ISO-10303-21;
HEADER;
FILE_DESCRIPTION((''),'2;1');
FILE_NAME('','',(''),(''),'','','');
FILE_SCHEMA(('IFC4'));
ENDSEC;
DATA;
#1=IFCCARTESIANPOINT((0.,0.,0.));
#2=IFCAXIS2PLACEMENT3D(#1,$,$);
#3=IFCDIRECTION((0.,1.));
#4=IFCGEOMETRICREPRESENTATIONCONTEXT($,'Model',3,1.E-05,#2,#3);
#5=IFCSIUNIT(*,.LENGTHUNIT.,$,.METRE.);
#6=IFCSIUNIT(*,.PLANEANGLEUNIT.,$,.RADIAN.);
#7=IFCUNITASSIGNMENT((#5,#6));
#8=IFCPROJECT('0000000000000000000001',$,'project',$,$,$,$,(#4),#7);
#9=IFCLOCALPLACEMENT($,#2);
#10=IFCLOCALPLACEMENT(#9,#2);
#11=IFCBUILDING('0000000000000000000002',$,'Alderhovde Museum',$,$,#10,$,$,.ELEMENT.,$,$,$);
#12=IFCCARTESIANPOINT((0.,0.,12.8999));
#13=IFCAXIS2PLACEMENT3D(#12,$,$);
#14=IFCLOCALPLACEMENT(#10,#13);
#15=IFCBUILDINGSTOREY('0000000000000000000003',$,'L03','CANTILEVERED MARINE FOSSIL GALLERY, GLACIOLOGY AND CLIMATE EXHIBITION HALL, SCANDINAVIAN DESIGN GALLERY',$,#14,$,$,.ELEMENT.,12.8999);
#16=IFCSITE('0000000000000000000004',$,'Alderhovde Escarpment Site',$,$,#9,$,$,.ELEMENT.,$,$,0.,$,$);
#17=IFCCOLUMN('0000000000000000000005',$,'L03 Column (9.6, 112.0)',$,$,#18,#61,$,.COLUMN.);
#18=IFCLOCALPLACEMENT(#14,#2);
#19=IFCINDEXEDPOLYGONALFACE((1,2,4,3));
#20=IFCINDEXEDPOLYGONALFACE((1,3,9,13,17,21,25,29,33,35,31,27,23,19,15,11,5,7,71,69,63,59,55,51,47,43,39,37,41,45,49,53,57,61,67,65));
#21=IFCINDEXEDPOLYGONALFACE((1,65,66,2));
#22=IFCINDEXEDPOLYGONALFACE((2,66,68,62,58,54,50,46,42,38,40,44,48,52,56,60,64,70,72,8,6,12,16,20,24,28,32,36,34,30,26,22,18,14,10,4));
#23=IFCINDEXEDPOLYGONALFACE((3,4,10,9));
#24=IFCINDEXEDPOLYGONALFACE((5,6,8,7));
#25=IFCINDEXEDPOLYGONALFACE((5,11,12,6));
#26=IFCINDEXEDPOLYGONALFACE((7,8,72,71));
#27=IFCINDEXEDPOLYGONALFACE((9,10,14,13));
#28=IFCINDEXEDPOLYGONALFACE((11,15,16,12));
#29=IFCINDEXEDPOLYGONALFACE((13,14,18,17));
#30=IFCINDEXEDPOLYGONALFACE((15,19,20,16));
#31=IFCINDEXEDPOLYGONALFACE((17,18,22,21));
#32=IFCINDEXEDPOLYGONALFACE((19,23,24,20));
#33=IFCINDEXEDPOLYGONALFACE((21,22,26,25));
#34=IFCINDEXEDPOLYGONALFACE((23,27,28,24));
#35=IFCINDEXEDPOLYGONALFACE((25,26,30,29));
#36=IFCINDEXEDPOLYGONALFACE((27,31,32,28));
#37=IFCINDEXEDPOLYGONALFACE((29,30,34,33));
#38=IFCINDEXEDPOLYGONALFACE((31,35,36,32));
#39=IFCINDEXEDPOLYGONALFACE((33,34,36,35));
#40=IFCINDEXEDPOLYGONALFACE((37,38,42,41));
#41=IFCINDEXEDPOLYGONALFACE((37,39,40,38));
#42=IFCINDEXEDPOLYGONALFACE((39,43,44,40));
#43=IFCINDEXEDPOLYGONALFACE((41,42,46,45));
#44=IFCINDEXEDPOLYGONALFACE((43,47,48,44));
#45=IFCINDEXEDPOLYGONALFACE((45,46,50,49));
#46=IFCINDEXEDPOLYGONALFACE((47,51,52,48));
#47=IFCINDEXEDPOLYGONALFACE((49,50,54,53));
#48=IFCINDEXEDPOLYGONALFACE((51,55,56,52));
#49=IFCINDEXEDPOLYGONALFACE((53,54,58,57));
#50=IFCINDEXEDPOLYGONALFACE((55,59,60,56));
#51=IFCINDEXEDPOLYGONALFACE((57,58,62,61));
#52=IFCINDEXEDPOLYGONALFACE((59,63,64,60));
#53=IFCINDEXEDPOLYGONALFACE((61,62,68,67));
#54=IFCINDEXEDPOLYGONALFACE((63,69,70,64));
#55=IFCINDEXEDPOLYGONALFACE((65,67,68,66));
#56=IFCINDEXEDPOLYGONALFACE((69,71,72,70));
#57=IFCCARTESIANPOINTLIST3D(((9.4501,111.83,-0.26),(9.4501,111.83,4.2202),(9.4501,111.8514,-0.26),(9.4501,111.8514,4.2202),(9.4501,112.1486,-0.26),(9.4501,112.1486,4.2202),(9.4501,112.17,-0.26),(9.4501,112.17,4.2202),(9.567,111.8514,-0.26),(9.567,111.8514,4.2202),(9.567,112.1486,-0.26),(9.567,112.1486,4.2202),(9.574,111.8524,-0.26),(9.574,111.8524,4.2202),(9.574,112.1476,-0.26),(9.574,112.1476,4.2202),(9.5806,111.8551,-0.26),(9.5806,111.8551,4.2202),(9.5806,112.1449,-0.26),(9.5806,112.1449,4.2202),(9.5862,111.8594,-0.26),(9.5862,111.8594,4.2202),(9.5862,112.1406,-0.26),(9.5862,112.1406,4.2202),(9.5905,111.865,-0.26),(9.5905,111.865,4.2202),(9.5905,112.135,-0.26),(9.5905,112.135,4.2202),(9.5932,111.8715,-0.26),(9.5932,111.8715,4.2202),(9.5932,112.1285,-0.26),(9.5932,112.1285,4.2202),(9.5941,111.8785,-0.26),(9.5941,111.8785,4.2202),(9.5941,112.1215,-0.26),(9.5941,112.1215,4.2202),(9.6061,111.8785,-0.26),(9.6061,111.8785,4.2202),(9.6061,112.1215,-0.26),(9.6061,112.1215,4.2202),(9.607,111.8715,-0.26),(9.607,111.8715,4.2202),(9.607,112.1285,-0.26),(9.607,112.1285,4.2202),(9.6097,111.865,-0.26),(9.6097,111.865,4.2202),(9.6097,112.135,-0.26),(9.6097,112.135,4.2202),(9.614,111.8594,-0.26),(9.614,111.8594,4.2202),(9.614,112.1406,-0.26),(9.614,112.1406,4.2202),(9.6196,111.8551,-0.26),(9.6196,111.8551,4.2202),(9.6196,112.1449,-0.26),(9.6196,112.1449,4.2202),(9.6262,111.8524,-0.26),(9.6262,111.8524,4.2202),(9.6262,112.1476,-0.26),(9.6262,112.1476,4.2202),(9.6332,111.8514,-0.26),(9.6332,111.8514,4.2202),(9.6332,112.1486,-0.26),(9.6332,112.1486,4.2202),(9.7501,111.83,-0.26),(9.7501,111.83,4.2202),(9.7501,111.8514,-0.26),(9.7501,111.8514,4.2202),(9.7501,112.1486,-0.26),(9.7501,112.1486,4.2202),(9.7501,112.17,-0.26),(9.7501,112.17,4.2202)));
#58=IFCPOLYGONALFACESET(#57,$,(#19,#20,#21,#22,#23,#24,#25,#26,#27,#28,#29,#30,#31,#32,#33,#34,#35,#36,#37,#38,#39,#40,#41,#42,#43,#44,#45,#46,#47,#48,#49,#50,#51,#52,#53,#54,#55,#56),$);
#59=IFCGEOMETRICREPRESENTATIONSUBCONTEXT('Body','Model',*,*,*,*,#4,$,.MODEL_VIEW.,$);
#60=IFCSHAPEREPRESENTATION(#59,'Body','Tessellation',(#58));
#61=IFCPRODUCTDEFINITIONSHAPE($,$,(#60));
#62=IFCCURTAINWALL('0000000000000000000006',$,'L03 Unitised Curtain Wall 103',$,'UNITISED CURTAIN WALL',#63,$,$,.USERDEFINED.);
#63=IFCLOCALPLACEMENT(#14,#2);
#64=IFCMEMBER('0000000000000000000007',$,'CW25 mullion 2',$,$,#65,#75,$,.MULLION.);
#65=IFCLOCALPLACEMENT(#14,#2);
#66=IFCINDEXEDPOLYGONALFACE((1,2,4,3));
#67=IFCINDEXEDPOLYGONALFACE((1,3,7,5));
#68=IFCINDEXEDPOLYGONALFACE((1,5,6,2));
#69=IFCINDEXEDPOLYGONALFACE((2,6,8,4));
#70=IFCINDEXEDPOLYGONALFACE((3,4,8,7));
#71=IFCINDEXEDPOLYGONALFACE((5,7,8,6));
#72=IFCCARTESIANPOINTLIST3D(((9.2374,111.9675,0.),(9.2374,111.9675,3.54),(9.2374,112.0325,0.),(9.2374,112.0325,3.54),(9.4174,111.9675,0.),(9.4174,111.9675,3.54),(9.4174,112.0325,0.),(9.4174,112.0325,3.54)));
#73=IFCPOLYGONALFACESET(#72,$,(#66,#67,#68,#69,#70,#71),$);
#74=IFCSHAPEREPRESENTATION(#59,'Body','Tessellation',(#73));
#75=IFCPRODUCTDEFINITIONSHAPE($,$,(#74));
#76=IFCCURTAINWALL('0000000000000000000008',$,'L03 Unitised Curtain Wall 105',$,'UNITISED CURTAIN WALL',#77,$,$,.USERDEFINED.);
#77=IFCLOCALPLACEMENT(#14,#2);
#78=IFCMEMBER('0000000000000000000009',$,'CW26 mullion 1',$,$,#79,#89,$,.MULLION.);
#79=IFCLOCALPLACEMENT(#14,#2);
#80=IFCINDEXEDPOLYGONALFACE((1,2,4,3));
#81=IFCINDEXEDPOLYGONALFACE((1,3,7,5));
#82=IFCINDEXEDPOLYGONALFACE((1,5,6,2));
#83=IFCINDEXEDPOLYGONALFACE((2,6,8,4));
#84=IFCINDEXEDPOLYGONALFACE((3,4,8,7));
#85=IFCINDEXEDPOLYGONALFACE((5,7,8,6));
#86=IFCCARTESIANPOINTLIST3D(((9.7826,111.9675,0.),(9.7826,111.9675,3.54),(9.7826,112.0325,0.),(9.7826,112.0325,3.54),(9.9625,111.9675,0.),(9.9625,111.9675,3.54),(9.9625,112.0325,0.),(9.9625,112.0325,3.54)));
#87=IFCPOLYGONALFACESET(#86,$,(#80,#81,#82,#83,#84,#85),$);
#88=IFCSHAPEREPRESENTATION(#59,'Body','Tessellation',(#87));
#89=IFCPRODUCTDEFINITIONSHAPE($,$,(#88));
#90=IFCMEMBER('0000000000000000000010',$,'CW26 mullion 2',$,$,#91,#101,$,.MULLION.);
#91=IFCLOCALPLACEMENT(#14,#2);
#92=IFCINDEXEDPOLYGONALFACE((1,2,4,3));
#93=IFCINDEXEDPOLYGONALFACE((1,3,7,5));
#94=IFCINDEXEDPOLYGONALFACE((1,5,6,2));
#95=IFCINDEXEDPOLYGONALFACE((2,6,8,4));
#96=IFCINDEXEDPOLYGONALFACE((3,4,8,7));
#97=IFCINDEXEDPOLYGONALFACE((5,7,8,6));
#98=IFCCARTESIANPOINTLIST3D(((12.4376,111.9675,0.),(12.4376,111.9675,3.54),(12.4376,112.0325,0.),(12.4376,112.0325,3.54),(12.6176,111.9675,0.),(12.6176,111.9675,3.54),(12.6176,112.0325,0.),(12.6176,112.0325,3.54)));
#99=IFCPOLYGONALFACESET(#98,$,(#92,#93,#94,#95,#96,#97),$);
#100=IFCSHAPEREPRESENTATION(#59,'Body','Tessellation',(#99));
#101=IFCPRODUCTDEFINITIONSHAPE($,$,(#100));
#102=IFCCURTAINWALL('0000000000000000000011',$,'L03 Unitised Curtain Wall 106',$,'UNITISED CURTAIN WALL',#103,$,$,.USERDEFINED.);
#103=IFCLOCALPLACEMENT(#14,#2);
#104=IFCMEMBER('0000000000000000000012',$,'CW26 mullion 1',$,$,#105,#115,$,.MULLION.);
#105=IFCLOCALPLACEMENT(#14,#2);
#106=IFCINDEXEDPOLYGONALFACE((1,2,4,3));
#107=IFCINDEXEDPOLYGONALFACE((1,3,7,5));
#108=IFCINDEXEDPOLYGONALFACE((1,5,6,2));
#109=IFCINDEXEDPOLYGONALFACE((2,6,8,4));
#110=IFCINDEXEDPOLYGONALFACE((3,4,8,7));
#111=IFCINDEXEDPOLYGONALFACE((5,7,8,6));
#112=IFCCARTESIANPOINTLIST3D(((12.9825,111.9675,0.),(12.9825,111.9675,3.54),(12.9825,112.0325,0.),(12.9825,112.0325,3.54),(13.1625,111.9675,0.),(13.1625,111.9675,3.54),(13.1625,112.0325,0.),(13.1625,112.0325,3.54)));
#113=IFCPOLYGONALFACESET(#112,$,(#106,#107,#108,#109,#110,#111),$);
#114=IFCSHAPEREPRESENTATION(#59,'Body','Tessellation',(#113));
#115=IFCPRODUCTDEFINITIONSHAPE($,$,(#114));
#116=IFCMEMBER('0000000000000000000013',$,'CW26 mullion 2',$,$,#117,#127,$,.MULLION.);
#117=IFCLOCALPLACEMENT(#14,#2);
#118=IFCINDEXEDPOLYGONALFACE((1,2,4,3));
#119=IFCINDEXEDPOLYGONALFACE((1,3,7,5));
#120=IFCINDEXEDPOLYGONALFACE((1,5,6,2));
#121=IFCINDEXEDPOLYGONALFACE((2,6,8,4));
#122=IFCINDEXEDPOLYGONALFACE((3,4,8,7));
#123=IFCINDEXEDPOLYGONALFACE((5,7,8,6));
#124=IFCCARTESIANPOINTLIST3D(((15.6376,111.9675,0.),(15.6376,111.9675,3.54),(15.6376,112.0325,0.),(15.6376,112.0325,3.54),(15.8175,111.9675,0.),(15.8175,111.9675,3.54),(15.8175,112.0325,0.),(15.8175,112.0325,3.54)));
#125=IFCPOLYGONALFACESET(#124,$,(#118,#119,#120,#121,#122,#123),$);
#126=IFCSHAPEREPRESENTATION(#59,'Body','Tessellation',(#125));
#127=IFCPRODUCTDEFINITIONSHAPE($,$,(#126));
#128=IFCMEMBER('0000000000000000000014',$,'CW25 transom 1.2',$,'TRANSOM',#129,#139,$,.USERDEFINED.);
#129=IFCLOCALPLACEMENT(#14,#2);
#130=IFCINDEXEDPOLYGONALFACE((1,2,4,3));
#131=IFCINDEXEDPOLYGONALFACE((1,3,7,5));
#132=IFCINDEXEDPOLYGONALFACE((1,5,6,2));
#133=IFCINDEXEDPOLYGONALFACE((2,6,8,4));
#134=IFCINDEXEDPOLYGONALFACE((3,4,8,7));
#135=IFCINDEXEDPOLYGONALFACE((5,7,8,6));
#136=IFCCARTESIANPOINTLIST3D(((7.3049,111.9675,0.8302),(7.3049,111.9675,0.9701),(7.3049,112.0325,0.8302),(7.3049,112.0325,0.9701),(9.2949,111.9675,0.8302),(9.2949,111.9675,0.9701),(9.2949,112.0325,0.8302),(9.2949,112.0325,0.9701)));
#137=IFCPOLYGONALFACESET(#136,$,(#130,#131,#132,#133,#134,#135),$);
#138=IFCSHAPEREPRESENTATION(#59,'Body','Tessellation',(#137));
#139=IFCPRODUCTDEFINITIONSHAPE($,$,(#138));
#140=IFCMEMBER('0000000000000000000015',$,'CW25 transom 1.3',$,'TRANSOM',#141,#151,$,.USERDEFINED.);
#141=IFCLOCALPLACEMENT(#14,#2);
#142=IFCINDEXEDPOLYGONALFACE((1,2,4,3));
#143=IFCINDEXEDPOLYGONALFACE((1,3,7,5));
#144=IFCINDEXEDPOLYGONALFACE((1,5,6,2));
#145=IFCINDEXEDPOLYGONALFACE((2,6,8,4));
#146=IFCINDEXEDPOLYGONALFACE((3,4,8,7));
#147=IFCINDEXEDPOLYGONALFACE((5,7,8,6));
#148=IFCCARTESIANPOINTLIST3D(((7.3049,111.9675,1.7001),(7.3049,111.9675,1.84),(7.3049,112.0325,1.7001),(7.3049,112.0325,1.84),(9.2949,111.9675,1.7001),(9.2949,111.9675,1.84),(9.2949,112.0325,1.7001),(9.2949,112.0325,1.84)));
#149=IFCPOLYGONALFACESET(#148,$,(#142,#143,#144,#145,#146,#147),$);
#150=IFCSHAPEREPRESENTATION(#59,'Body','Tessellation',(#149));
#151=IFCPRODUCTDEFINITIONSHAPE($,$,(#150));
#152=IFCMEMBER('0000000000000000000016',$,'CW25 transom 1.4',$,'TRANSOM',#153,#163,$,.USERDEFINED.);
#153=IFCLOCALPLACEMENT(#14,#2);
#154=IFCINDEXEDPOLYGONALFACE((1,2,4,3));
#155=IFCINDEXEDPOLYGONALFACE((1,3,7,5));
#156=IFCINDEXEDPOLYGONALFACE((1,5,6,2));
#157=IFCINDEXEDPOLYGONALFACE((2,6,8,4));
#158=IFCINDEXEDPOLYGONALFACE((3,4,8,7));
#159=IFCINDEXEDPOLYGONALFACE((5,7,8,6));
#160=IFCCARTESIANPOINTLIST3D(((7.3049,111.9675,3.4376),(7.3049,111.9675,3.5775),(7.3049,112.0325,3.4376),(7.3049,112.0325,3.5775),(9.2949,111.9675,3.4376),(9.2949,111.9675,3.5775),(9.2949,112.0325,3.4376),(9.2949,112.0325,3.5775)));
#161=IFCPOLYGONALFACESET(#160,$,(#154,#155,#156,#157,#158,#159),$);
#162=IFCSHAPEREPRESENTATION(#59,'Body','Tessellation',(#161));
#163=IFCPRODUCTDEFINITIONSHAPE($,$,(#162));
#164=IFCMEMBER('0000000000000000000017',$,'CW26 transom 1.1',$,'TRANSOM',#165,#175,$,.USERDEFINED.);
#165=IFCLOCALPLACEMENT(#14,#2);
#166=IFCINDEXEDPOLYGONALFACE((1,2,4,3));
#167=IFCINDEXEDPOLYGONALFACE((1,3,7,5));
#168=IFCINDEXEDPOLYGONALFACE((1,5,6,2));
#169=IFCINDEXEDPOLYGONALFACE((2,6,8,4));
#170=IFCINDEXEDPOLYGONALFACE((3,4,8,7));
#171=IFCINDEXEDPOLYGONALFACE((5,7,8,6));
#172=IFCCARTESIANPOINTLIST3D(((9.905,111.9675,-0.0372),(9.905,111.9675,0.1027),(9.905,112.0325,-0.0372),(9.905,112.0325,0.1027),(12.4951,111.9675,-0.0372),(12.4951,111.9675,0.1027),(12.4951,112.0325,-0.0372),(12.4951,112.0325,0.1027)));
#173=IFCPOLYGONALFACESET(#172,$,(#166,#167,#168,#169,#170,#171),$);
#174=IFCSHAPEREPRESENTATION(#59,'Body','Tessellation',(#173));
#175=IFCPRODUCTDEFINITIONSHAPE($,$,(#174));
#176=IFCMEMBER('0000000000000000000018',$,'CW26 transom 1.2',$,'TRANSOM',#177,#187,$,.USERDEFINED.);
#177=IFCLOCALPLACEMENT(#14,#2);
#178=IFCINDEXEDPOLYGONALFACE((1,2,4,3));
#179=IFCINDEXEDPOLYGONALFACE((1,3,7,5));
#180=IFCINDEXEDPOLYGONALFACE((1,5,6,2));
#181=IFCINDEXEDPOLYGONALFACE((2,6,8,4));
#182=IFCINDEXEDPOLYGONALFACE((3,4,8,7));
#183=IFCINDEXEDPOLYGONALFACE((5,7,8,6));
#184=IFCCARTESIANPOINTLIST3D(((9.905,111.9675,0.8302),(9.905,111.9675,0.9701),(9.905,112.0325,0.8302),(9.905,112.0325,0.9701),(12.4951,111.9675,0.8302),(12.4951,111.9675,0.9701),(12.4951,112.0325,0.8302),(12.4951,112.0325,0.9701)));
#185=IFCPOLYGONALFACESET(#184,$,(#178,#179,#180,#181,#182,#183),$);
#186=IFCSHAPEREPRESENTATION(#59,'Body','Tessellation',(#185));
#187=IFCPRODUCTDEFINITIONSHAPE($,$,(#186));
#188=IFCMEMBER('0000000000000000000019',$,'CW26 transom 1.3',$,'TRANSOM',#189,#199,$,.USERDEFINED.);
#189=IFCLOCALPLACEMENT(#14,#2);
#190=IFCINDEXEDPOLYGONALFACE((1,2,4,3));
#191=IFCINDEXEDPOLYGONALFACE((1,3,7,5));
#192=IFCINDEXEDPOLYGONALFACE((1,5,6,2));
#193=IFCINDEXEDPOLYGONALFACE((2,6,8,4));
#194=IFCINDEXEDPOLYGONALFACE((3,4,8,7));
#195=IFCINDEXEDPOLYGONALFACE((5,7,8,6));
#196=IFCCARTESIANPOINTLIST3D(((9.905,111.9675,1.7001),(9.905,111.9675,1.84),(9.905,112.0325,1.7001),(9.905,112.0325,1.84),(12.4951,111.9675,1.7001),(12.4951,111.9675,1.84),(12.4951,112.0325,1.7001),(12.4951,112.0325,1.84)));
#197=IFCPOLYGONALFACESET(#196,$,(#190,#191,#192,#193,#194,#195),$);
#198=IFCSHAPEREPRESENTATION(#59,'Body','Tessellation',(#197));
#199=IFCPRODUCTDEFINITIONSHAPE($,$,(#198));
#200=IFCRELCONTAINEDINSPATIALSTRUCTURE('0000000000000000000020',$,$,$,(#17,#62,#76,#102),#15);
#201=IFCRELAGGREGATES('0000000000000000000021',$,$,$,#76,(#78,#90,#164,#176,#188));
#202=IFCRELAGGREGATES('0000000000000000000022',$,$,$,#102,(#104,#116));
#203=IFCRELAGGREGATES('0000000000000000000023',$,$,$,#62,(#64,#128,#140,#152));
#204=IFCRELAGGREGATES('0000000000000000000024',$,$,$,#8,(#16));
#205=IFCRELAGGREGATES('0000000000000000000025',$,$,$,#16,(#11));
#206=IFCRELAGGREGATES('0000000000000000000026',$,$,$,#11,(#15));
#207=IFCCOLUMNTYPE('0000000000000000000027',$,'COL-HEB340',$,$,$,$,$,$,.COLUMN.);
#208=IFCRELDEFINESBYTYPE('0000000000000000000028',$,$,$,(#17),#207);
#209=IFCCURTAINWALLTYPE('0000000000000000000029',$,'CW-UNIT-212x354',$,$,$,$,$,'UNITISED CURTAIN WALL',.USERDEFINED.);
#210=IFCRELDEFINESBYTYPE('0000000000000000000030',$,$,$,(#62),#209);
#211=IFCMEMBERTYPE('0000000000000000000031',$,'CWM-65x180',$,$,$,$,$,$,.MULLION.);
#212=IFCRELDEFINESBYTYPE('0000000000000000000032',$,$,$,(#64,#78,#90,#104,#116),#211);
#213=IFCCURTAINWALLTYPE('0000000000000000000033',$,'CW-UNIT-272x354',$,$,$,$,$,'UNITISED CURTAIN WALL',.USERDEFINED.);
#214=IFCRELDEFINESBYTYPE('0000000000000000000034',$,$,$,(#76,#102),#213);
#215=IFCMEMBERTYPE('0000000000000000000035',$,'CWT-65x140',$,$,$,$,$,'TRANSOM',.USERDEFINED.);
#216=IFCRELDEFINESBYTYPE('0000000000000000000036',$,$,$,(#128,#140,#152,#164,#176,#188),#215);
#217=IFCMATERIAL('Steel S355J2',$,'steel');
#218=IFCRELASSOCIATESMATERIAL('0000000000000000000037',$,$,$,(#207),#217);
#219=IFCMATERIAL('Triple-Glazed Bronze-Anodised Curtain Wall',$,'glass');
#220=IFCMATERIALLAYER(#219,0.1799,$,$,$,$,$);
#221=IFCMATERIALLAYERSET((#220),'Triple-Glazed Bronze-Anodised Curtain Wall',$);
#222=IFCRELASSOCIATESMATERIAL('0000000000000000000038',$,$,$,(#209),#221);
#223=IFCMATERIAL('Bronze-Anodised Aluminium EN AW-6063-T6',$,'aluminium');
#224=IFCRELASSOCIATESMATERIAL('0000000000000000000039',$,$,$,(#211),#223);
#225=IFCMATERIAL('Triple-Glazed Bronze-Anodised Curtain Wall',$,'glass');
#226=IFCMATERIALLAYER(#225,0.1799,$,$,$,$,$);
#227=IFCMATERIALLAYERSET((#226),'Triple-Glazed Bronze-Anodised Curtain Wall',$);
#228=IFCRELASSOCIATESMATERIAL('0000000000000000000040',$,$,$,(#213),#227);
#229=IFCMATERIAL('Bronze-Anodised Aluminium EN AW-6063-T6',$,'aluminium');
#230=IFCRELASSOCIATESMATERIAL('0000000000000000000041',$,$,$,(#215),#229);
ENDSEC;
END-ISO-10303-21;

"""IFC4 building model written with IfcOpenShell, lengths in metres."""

from ifc_helpers import new_model, si_unit, direction, frame, origin, origin_2d, place, context, subcontext, project, spatial, rectangle, i_section, extrude, material, layer, layer_set, material_profile, profile_set, type_object, element, aggregate, save


model = new_model("IFC4")

# Units and contexts
model_context = context("Model", 3, precision=1e-05, world=origin(), true_north=direction((0.0, 1.0)))
body_context = subcontext(model_context, "Body", "Model", "MODEL_VIEW")
ifc_project = project(units=[si_unit("LENGTHUNIT", "METRE"), si_unit("PLANEANGLEUNIT", "RADIAN")], contexts=[model_context])

# Site, building, storey
site_placement = place(None, origin())
site = spatial("IfcSite", under=ifc_project, at=site_placement, Name="Alderhovde Escarpment Site", CompositionType="ELEMENT", RefElevation=0.0)
building_placement = place(site_placement, origin())
building = spatial("IfcBuilding", under=site, at=building_placement, Name="Alderhovde Museum", CompositionType="ELEMENT")
storey_placement = place(building_placement, frame((0.0, 0.0, 12.8999)))
storey = spatial("IfcBuildingStorey", under=building, at=storey_placement, Name="L03", Description="CANTILEVERED MARINE FOSSIL GALLERY, GLACIOLOGY AND CLIMATE EXHIBITION HALL, SCANDINAVIAN DESIGN GALLERY", CompositionType="ELEMENT", Elevation=12.8999)

# Column
ifc_material_1 = material(Name="Steel S355J2", Category="steel")
ifc_material_profile_1 = material_profile(ifc_material_1, i_section(OverallWidth=0.3, OverallDepth=0.3401, WebThickness=0.012, FlangeThickness=0.0215, FilletRadius=0.0271, at=origin_2d()), Name="HEB 340")
ifc_profile_set_1 = profile_set([ifc_material_profile_1], Name="Steel S355J2")
column_type = type_object("IfcColumnType", Name="COL-HEB340", PredefinedType="COLUMN", material=ifc_profile_set_1)
column_placement = place(storey_placement, frame((9.6001, 112.0, -0.26), z_axis=(0.0, 0.0, 1.0), x_axis=(1.0, 0.0, 0.0)))
element("IfcColumn", 1, at=column_placement, inside=storey, type_object=column_type, Name="L03 Column (9.6, 112.0)", PredefinedType="COLUMN", context=body_context, shape_type="SweptSolid", body=[
    extrude(i_section(OverallWidth=0.3, OverallDepth=0.3401, WebThickness=0.012, FlangeThickness=0.0215, FilletRadius=0.0271, at=origin_2d()), origin(), (0.0, 0.0, 1.0), 4.4802),
])

# Curtain wall, member
ifc_material_2 = material(Name="Triple-Glazed Bronze-Anodised Curtain Wall", Category="glass")
ifc_layer_1 = layer(ifc_material_2, 0.1799)
ifc_layer_set_1 = layer_set([ifc_layer_1], Name="Triple-Glazed Bronze-Anodised Curtain Wall")
curtain_wall_type_1 = type_object("IfcCurtainWallType", Name="CW-UNIT-212x354", ElementType="UNITISED CURTAIN WALL", PredefinedType="USERDEFINED", material=ifc_layer_set_1)
curtain_wall_1_placement = place(storey_placement, origin())
curtain_wall_1 = element("IfcCurtainWall", 2, at=curtain_wall_1_placement, inside=storey, type_object=curtain_wall_type_1, Name="L03 Unitised Curtain Wall 103", ObjectType="UNITISED CURTAIN WALL", PredefinedType="USERDEFINED")
ifc_material_3 = material(Name="Bronze-Anodised Aluminium EN AW-6063-T6", Category="aluminium")
ifc_material_profile_2 = material_profile(ifc_material_3, rectangle(XDim=0.0649, YDim=0.1799, at=origin_2d()), Name="MULLION 65x180")
ifc_profile_set_2 = profile_set([ifc_material_profile_2], Name="Bronze-Anodised Aluminium EN AW-6063-T6")
member_type_1 = type_object("IfcMemberType", Name="CWM-65x180", PredefinedType="MULLION", material=ifc_profile_set_2)
member_1_placement = place(storey_placement, frame((9.3274, 112.0, 0.0), z_axis=(0.0, 0.0, 1.0), x_axis=(0.0, 1.0, 0.0)))
member_1 = element("IfcMember", 3, at=member_1_placement, type_object=member_type_1, Name="CW25 mullion 2", PredefinedType="MULLION", context=body_context, shape_type="SweptSolid", body=[
    extrude(rectangle(XDim=0.0649, YDim=0.1799, at=origin_2d()), origin(), (0.0, 0.0, 1.0), 3.54),
])

# Curtain walls, members
ifc_material_4 = material(Name="Triple-Glazed Bronze-Anodised Curtain Wall", Category="glass")
ifc_layer_2 = layer(ifc_material_4, 0.1799)
ifc_layer_set_2 = layer_set([ifc_layer_2], Name="Triple-Glazed Bronze-Anodised Curtain Wall")
curtain_wall_type_2 = type_object("IfcCurtainWallType", Name="CW-UNIT-272x354", ElementType="UNITISED CURTAIN WALL", PredefinedType="USERDEFINED", material=ifc_layer_set_2)
curtain_wall_2_placement = place(storey_placement, origin())
curtain_wall_2 = element("IfcCurtainWall", 4, at=curtain_wall_2_placement, inside=storey, type_object=curtain_wall_type_2, Name="L03 Unitised Curtain Wall 105", ObjectType="UNITISED CURTAIN WALL", PredefinedType="USERDEFINED")
member_2_placement = place(storey_placement, frame((9.8726, 112.0, 0.0), z_axis=(0.0, 0.0, 1.0), x_axis=(0.0, 1.0, 0.0)))
member_2 = element("IfcMember", 5, at=member_2_placement, type_object=member_type_1, Name="CW26 mullion 1", PredefinedType="MULLION", context=body_context, shape_type="SweptSolid", body=[
    extrude(rectangle(XDim=0.0649, YDim=0.1799, at=origin_2d()), origin(), (0.0, 0.0, 1.0), 3.54),
])
member_3_placement = place(storey_placement, frame((12.5276, 112.0, 0.0), z_axis=(0.0, 0.0, 1.0), x_axis=(0.0, 1.0, 0.0)))
member_3 = element("IfcMember", 6, at=member_3_placement, type_object=member_type_1, Name="CW26 mullion 2", PredefinedType="MULLION", context=body_context, shape_type="SweptSolid", body=[
    extrude(rectangle(XDim=0.0649, YDim=0.1799, at=origin_2d()), origin(), (0.0, 0.0, 1.0), 3.54),
])
curtain_wall_3_placement = place(storey_placement, origin())
curtain_wall_3 = element("IfcCurtainWall", 7, at=curtain_wall_3_placement, inside=storey, type_object=curtain_wall_type_2, Name="L03 Unitised Curtain Wall 106", ObjectType="UNITISED CURTAIN WALL", PredefinedType="USERDEFINED")
member_4_placement = place(storey_placement, frame((13.0725, 112.0, 0.0), z_axis=(0.0, 0.0, 1.0), x_axis=(0.0, 1.0, 0.0)))
member_4 = element("IfcMember", 8, at=member_4_placement, type_object=member_type_1, Name="CW26 mullion 1", PredefinedType="MULLION", context=body_context, shape_type="SweptSolid", body=[
    extrude(rectangle(XDim=0.0649, YDim=0.1799, at=origin_2d()), origin(), (0.0, 0.0, 1.0), 3.54),
])
member_5_placement = place(storey_placement, frame((15.7275, 112.0, 0.0), z_axis=(0.0, 0.0, 1.0), x_axis=(0.0, 1.0, 0.0)))
member_5 = element("IfcMember", 9, at=member_5_placement, type_object=member_type_1, Name="CW26 mullion 2", PredefinedType="MULLION", context=body_context, shape_type="SweptSolid", body=[
    extrude(rectangle(XDim=0.0649, YDim=0.1799, at=origin_2d()), origin(), (0.0, 0.0, 1.0), 3.54),
])

# Members
ifc_material_5 = material(Name="Bronze-Anodised Aluminium EN AW-6063-T6", Category="aluminium")
ifc_material_profile_3 = material_profile(ifc_material_5, rectangle(XDim=0.0649, YDim=0.1399, at=origin_2d()), Name="TRANSOM 65x140")
ifc_profile_set_3 = profile_set([ifc_material_profile_3], Name="Bronze-Anodised Aluminium EN AW-6063-T6")
member_type_2 = type_object("IfcMemberType", Name="CWT-65x140", ElementType="TRANSOM", PredefinedType="USERDEFINED", material=ifc_profile_set_3)
member_6_placement = place(storey_placement, frame((7.3049, 112.0, 0.9001), z_axis=(1.0, 0.0, 0.0), x_axis=(0.0, 1.0, 0.0)))
member_6 = element("IfcMember", 10, at=member_6_placement, type_object=member_type_2, Name="CW25 transom 1.2", ObjectType="TRANSOM", PredefinedType="USERDEFINED", context=body_context, shape_type="SweptSolid", body=[
    extrude(rectangle(XDim=0.0649, YDim=0.1399, at=origin_2d()), origin(), (0.0, 0.0, 1.0), 1.99),
])
member_7_placement = place(storey_placement, frame((7.3049, 112.0, 1.77), z_axis=(1.0, 0.0, 0.0), x_axis=(0.0, 1.0, 0.0)))
member_7 = element("IfcMember", 11, at=member_7_placement, type_object=member_type_2, Name="CW25 transom 1.3", ObjectType="TRANSOM", PredefinedType="USERDEFINED", context=body_context, shape_type="SweptSolid", body=[
    extrude(rectangle(XDim=0.0649, YDim=0.1399, at=origin_2d()), origin(), (0.0, 0.0, 1.0), 1.99),
])
member_8_placement = place(storey_placement, frame((7.3049, 112.0, 3.5076), z_axis=(1.0, 0.0, 0.0), x_axis=(0.0, 1.0, 0.0)))
member_8 = element("IfcMember", 12, at=member_8_placement, type_object=member_type_2, Name="CW25 transom 1.4", ObjectType="TRANSOM", PredefinedType="USERDEFINED", context=body_context, shape_type="SweptSolid", body=[
    extrude(rectangle(XDim=0.0649, YDim=0.1399, at=origin_2d()), origin(), (0.0, 0.0, 1.0), 1.99),
])
member_9_placement = place(storey_placement, frame((9.905, 112.0, 0.0327), z_axis=(1.0, 0.0, 0.0), x_axis=(0.0, 1.0, 0.0)))
member_9 = element("IfcMember", 13, at=member_9_placement, type_object=member_type_2, Name="CW26 transom 1.1", ObjectType="TRANSOM", PredefinedType="USERDEFINED", context=body_context, shape_type="SweptSolid", body=[
    extrude(rectangle(XDim=0.0649, YDim=0.1399, at=origin_2d()), origin(), (0.0, 0.0, 1.0), 2.5901),
])
member_10_placement = place(storey_placement, frame((9.905, 112.0, 0.9001), z_axis=(1.0, 0.0, 0.0), x_axis=(0.0, 1.0, 0.0)))
member_10 = element("IfcMember", 14, at=member_10_placement, type_object=member_type_2, Name="CW26 transom 1.2", ObjectType="TRANSOM", PredefinedType="USERDEFINED", context=body_context, shape_type="SweptSolid", body=[
    extrude(rectangle(XDim=0.0649, YDim=0.1399, at=origin_2d()), origin(), (0.0, 0.0, 1.0), 2.5901),
])
member_11_placement = place(storey_placement, frame((9.905, 112.0, 1.77), z_axis=(1.0, 0.0, 0.0), x_axis=(0.0, 1.0, 0.0)))
member_11 = element("IfcMember", 15, at=member_11_placement, type_object=member_type_2, Name="CW26 transom 1.3", ObjectType="TRANSOM", PredefinedType="USERDEFINED", context=body_context, shape_type="SweptSolid", body=[
    extrude(rectangle(XDim=0.0649, YDim=0.1399, at=origin_2d()), origin(), (0.0, 0.0, 1.0), 2.5901),
])

aggregate(curtain_wall_2, [member_2, member_3, member_9, member_10, member_11])
aggregate(curtain_wall_3, [member_4, member_5])
aggregate(curtain_wall_1, [member_1, member_6, member_7, member_8])

save(model, "model.ifc")
